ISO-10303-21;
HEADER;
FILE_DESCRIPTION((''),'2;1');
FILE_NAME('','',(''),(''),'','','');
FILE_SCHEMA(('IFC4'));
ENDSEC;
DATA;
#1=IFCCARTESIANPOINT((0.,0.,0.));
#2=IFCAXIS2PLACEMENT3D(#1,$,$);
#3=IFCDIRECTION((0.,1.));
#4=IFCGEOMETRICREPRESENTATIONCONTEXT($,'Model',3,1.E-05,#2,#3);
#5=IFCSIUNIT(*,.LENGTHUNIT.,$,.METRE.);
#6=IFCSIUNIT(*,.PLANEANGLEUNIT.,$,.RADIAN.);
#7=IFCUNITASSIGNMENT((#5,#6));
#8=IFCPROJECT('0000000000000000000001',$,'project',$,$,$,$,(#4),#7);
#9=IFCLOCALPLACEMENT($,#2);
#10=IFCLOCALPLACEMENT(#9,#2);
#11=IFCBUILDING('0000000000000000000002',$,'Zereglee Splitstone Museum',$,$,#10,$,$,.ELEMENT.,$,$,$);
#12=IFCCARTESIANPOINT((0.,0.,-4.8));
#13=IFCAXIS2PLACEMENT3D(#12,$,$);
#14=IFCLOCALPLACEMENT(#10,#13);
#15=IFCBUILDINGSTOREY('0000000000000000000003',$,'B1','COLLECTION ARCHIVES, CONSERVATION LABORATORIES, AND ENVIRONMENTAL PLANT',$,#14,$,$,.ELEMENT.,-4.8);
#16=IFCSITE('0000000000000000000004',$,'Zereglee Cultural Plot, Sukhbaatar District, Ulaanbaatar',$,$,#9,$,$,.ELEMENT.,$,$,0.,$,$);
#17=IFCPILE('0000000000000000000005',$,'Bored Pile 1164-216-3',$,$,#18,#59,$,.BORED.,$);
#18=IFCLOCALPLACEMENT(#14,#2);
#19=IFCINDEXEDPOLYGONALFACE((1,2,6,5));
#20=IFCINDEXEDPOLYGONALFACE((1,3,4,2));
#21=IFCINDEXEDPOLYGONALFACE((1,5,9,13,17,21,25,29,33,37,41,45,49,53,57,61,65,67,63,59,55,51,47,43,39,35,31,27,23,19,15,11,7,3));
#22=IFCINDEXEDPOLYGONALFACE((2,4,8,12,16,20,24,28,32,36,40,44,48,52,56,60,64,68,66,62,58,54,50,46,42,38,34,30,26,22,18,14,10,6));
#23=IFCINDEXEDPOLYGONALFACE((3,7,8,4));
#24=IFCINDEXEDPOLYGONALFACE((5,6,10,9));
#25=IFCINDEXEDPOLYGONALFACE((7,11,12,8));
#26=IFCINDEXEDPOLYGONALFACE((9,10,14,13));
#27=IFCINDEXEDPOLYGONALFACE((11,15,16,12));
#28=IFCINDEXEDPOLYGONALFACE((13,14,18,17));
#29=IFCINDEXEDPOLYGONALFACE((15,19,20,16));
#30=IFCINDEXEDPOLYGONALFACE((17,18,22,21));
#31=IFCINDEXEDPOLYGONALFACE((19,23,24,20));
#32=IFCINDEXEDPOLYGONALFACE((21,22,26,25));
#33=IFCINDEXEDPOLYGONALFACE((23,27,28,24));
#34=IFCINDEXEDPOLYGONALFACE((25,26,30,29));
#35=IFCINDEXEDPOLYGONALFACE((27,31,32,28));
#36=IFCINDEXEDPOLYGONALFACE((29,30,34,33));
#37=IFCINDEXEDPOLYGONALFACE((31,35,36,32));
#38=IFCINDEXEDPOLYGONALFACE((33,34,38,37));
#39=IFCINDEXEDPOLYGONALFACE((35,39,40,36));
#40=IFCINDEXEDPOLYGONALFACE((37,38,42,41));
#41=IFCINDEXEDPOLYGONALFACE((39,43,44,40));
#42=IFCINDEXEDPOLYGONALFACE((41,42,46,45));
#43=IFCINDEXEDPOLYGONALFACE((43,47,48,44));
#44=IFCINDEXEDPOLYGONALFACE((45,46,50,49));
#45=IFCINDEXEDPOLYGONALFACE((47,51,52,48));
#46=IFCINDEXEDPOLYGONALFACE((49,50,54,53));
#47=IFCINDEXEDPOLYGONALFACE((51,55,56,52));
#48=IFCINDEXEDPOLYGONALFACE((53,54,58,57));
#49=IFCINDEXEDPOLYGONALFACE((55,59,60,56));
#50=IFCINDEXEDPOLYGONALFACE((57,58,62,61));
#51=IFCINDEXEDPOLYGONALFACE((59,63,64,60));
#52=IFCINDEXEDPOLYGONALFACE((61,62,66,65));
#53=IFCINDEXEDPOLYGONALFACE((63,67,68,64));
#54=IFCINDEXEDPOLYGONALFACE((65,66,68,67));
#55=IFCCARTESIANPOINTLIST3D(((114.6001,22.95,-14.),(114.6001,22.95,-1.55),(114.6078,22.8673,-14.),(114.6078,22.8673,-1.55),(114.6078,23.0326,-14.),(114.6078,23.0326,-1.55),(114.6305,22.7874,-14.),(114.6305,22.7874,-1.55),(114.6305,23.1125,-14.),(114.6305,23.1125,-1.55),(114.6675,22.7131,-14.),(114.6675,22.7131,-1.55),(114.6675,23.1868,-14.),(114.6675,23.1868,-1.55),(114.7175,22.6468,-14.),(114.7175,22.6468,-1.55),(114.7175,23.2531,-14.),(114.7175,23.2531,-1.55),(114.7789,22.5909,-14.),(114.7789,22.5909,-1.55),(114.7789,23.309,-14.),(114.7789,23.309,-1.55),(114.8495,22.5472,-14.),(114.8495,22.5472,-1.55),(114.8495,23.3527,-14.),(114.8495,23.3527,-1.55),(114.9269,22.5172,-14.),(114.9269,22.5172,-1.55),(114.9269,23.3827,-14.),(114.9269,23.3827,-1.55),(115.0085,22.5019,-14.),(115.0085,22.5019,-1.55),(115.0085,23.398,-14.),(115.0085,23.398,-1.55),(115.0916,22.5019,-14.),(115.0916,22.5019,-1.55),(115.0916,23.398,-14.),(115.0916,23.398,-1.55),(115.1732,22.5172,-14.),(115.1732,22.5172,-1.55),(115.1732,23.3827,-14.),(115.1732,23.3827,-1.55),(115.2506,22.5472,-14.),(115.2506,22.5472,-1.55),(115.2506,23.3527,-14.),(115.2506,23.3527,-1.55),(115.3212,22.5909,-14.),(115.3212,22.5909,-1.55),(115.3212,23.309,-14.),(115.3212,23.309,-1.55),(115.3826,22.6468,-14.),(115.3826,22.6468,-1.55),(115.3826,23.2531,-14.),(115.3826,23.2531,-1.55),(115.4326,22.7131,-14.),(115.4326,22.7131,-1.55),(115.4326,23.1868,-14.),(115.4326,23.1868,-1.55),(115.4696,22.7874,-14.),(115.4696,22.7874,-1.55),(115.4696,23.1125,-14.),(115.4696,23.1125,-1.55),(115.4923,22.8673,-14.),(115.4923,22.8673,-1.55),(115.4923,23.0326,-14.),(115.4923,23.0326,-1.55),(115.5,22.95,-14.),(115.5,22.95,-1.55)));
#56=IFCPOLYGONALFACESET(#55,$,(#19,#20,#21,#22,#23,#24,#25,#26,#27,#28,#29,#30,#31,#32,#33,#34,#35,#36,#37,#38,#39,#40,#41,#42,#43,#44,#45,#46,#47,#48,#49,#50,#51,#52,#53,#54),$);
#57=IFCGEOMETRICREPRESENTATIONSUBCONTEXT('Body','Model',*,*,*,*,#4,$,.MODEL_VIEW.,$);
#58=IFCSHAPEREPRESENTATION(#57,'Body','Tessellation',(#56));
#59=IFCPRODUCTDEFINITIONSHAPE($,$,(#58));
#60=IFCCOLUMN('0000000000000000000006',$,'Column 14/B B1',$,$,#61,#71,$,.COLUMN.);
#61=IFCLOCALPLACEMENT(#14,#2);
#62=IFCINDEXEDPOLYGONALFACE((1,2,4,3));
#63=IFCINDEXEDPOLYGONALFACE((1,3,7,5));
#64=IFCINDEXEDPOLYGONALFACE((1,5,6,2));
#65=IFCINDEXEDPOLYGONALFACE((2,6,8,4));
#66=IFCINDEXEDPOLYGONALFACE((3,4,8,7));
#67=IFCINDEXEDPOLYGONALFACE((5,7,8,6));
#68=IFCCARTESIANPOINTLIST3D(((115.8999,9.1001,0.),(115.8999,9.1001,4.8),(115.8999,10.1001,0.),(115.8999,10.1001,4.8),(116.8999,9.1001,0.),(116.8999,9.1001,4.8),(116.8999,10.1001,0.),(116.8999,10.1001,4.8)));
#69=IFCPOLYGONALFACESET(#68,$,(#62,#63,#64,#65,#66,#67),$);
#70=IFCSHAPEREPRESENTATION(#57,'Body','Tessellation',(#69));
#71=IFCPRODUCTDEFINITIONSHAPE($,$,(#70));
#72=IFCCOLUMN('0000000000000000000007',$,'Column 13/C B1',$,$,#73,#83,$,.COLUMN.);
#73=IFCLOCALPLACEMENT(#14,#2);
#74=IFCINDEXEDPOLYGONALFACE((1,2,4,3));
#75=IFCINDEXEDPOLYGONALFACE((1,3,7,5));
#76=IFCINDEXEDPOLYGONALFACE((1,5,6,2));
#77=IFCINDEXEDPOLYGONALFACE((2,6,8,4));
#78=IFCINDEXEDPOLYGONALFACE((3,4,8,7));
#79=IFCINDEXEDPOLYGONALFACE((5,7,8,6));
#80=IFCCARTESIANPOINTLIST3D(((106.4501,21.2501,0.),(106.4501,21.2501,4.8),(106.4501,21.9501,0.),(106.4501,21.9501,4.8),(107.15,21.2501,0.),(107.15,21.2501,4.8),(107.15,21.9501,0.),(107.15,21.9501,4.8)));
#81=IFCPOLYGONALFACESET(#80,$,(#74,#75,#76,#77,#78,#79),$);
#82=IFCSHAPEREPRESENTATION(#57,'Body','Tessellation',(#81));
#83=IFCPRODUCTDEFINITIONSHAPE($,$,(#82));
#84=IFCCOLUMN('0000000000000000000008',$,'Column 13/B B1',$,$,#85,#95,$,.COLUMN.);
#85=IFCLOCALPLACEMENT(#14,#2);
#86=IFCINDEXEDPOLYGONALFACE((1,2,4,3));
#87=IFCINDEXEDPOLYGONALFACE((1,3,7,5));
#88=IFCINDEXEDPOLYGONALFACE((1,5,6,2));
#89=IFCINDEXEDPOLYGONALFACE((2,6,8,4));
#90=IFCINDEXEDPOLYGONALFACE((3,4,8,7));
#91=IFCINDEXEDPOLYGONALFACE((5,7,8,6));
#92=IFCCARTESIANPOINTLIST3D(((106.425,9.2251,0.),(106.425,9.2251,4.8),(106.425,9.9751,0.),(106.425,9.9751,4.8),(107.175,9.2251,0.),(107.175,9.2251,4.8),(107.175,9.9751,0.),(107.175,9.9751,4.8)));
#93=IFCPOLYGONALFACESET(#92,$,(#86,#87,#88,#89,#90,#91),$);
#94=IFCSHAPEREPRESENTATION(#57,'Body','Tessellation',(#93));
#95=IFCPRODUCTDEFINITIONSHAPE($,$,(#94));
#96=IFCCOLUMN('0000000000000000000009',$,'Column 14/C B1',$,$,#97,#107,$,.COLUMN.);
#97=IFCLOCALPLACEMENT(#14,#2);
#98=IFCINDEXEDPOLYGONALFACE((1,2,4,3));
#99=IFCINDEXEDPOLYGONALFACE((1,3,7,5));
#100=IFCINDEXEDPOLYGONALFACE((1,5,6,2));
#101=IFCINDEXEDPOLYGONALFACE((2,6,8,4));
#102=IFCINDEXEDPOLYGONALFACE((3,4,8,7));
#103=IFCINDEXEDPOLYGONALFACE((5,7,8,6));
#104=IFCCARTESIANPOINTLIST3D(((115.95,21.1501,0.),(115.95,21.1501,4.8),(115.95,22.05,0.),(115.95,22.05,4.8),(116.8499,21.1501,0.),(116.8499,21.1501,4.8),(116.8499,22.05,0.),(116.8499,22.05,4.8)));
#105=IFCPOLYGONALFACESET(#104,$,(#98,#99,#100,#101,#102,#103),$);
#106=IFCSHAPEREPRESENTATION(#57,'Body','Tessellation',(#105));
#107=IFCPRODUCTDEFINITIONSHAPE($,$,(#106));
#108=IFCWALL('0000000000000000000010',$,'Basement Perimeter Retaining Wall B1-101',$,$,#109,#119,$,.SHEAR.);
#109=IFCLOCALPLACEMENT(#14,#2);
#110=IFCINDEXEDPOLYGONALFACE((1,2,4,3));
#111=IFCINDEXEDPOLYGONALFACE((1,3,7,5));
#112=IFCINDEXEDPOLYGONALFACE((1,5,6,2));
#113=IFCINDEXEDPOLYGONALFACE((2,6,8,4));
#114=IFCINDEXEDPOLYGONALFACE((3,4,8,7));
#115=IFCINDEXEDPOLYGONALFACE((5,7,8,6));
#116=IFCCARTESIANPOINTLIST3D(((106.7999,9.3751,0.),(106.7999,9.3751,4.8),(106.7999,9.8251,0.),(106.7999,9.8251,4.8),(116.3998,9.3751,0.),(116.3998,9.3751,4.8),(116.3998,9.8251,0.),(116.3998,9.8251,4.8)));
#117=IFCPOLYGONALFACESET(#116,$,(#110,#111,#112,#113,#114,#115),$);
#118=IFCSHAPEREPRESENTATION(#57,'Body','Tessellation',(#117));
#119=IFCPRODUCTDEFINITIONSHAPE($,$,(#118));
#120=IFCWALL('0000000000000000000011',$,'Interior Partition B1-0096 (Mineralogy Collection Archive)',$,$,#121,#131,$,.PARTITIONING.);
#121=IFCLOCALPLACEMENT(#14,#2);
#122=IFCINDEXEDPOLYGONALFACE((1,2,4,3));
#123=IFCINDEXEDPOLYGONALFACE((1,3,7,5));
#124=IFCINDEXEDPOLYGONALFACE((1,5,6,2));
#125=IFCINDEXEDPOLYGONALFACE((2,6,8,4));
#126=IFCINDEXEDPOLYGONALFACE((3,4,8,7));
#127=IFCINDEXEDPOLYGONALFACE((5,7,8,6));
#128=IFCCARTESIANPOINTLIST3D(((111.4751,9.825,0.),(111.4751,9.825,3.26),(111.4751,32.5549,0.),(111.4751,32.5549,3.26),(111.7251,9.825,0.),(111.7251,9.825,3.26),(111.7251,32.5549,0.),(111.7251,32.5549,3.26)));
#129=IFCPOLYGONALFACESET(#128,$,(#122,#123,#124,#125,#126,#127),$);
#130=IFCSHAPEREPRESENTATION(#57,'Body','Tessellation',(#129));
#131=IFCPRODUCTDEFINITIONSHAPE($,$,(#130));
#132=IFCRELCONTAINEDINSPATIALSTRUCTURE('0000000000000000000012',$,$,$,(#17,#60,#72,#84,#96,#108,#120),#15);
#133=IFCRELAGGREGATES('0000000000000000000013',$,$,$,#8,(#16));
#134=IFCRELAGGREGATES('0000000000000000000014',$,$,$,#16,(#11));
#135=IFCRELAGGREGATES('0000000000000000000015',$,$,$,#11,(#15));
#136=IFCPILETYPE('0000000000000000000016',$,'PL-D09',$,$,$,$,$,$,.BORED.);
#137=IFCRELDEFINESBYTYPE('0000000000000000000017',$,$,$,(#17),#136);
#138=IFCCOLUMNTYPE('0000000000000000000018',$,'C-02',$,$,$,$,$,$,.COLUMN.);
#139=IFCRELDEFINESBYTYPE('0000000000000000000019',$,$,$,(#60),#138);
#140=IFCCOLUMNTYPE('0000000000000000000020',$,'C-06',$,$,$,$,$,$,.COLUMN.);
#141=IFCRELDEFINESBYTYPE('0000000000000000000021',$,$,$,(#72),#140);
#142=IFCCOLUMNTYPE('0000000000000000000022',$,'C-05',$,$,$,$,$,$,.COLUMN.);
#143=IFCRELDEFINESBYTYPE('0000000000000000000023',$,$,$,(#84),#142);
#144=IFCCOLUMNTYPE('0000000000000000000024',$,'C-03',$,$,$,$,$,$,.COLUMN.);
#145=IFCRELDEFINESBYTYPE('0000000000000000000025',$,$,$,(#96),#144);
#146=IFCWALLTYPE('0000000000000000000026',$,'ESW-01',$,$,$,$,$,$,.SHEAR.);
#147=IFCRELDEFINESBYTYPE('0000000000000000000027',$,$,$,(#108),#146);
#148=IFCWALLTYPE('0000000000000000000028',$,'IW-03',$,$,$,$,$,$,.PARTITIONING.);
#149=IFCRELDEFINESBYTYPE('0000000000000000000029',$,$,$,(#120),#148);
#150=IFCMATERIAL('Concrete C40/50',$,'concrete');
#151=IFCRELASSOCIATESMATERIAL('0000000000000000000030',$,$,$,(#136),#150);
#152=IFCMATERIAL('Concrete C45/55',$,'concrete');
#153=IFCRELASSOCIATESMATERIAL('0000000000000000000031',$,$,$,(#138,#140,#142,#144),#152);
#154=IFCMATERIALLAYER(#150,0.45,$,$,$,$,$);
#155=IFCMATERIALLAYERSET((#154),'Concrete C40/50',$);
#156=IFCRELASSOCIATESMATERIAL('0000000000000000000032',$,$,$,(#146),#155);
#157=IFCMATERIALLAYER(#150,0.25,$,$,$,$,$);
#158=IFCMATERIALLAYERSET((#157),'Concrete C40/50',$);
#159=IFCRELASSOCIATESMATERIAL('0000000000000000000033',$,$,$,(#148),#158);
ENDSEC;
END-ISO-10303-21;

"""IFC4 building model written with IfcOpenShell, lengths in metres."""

from ifc_helpers import new_model, si_unit, direction, frame, frame_2d, origin, origin_2d, place, context, subcontext, project, spatial, rectangle, circle, extrude, material, layer, layer_set, material_profile, profile_set, type_object, element, save


model = new_model("IFC4")

# Units and contexts
model_context = context("Model", 3, precision=1e-05, world=origin(), true_north=direction((0.0, 1.0)))
body_context = subcontext(model_context, "Body", "Model", "MODEL_VIEW")
ifc_project = project(units=[si_unit("LENGTHUNIT", "METRE"), si_unit("PLANEANGLEUNIT", "RADIAN")], contexts=[model_context])

# Site, building, storey
site_placement = place(None, origin())
site = spatial("IfcSite", under=ifc_project, at=site_placement, Name="Zereglee Cultural Plot, Sukhbaatar District, Ulaanbaatar", CompositionType="ELEMENT", RefElevation=0.0)
building_placement = place(site_placement, origin())
building = spatial("IfcBuilding", under=site, at=building_placement, Name="Zereglee Splitstone Museum", CompositionType="ELEMENT")
storey_placement = place(building_placement, frame((0.0, 0.0, -4.8)))
storey = spatial("IfcBuildingStorey", under=building, at=storey_placement, Name="B1", Description="COLLECTION ARCHIVES, CONSERVATION LABORATORIES, AND ENVIRONMENTAL PLANT", CompositionType="ELEMENT", Elevation=-4.8)

# Shared definitions
ifc_material_1 = material(Name="Concrete C40/50", Category="concrete")

# Pile
ifc_material_profile_1 = material_profile(ifc_material_1, circle(Radius=0.45, at=origin_2d()), Name="PILE D900")
ifc_profile_set_1 = profile_set([ifc_material_profile_1], Name="Concrete C40/50")
pile_type = type_object("IfcPileType", Name="PL-D09", PredefinedType="BORED", material=ifc_profile_set_1)
for number, where, z_axis, x_axis, name in (
    (1, (115.05, 22.95, -1.55), (0.0, 0.0, -1.0), (1.0, 0.0, 0.0), "Bored Pile 1164-216-3"),
):
    element("IfcPile", number, at=place(storey_placement, frame(where, z_axis=z_axis, x_axis=x_axis)), inside=storey, type_object=pile_type, Name=name, PredefinedType="BORED", context=body_context, shape_type="SweptSolid", body=[
        extrude(circle(Radius=0.45, at=origin_2d()), origin(), (0.0, 0.0, 1.0), 12.45),
    ])

# Columns
ifc_material_2 = material(Name="Concrete C45/55", Category="concrete")
ifc_material_profile_2 = material_profile(ifc_material_2, rectangle(XDim=1.0, YDim=1.0, at=origin_2d()), Name="RC 1000x1000")
ifc_profile_set_2 = profile_set([ifc_material_profile_2], Name="Concrete C45/55")
column_type_1 = type_object("IfcColumnType", Name="C-02", PredefinedType="COLUMN", material=ifc_profile_set_2)
column_1_placement = place(storey_placement, frame((116.3999, 9.6001, 0.0), z_axis=(0.0, 0.0, 1.0), x_axis=(1.0, 0.0, 0.0)))
element("IfcColumn", 2, at=column_1_placement, inside=storey, type_object=column_type_1, Name="Column 14/B B1", PredefinedType="COLUMN", context=body_context, shape_type="SweptSolid", body=[
    extrude(rectangle(XDim=1.0, YDim=1.0, at=origin_2d()), origin(), (0.0, 0.0, 1.0), 4.8),
])
ifc_material_profile_3 = material_profile(ifc_material_2, rectangle(XDim=0.7, YDim=0.7, at=origin_2d()), Name="RC 700x700")
ifc_profile_set_3 = profile_set([ifc_material_profile_3], Name="Concrete C45/55")
column_type_2 = type_object("IfcColumnType", Name="C-06", PredefinedType="COLUMN", material=ifc_profile_set_3)
column_2_placement = place(storey_placement, frame((106.8, 21.6001, 0.0), z_axis=(0.0, 0.0, 1.0), x_axis=(1.0, 0.0, 0.0)))
element("IfcColumn", 3, at=column_2_placement, inside=storey, type_object=column_type_2, Name="Column 13/C B1", PredefinedType="COLUMN", context=body_context, shape_type="SweptSolid", body=[
    extrude(rectangle(XDim=0.7, YDim=0.7, at=origin_2d()), origin(), (0.0, 0.0, 1.0), 4.8),
])
ifc_material_profile_4 = material_profile(ifc_material_2, rectangle(XDim=0.75, YDim=0.75, at=origin_2d()), Name="RC 750x750")
ifc_profile_set_4 = profile_set([ifc_material_profile_4], Name="Concrete C45/55")
column_type_3 = type_object("IfcColumnType", Name="C-05", PredefinedType="COLUMN", material=ifc_profile_set_4)
column_3_placement = place(storey_placement, frame((106.8, 9.6001, 0.0), z_axis=(0.0, 0.0, 1.0), x_axis=(1.0, 0.0, 0.0)))
element("IfcColumn", 4, at=column_3_placement, inside=storey, type_object=column_type_3, Name="Column 13/B B1", PredefinedType="COLUMN", context=body_context, shape_type="SweptSolid", body=[
    extrude(rectangle(XDim=0.75, YDim=0.75, at=origin_2d()), origin(), (0.0, 0.0, 1.0), 4.8),
])
ifc_material_profile_5 = material_profile(ifc_material_2, rectangle(XDim=0.8999, YDim=0.8999, at=origin_2d()), Name="RC 900x900")
ifc_profile_set_5 = profile_set([ifc_material_profile_5], Name="Concrete C45/55")
column_type_4 = type_object("IfcColumnType", Name="C-03", PredefinedType="COLUMN", material=ifc_profile_set_5)
column_4_placement = place(storey_placement, frame((116.3999, 21.6001, 0.0), z_axis=(0.0, 0.0, 1.0), x_axis=(1.0, 0.0, 0.0)))
element("IfcColumn", 5, at=column_4_placement, inside=storey, type_object=column_type_4, Name="Column 14/C B1", PredefinedType="COLUMN", context=body_context, shape_type="SweptSolid", body=[
    extrude(rectangle(XDim=0.8999, YDim=0.8999, at=origin_2d()), origin(), (0.0, 0.0, 1.0), 4.8),
])

# Walls
ifc_layer_1 = layer(ifc_material_1, 0.45)
ifc_layer_set_1 = layer_set([ifc_layer_1], Name="Concrete C40/50")
wall_type_1 = type_object("IfcWallType", Name="ESW-01", PredefinedType="SHEAR", material=ifc_layer_set_1)
wall_1_placement = place(storey_placement, frame((106.8, 9.6001, 0.0), z_axis=(0.0, 0.0, 1.0), x_axis=(1.0, 0.0, 0.0)))
element("IfcWall", 6, at=wall_1_placement, inside=storey, type_object=wall_type_1, Name="Basement Perimeter Retaining Wall B1-101", PredefinedType="SHEAR", context=body_context, shape_type="SweptSolid", body=[
    extrude(rectangle(XDim=9.5999, YDim=0.45, at=frame_2d((4.7998, 0.0))), origin(), (0.0, 0.0, 1.0), 4.8),
])
ifc_layer_2 = layer(ifc_material_1, 0.25)
ifc_layer_set_2 = layer_set([ifc_layer_2], Name="Concrete C40/50")
wall_type_2 = type_object("IfcWallType", Name="IW-03", PredefinedType="PARTITIONING", material=ifc_layer_set_2)
wall_2_placement = place(storey_placement, frame((111.6001, 9.825, 0.0), z_axis=(0.0, 0.0, 1.0), x_axis=(0.0, 1.0, 0.0)))
element("IfcWall", 7, at=wall_2_placement, inside=storey, type_object=wall_type_2, Name="Interior Partition B1-0096 (Mineralogy Collection Archive)", PredefinedType="PARTITIONING", context=body_context, shape_type="SweptSolid", body=[
    extrude(rectangle(XDim=22.73, YDim=0.25, at=frame_2d((11.365, 0.0))), origin(), (0.0, 0.0, 1.0), 3.26),
])

save(model, "model.ifc")
